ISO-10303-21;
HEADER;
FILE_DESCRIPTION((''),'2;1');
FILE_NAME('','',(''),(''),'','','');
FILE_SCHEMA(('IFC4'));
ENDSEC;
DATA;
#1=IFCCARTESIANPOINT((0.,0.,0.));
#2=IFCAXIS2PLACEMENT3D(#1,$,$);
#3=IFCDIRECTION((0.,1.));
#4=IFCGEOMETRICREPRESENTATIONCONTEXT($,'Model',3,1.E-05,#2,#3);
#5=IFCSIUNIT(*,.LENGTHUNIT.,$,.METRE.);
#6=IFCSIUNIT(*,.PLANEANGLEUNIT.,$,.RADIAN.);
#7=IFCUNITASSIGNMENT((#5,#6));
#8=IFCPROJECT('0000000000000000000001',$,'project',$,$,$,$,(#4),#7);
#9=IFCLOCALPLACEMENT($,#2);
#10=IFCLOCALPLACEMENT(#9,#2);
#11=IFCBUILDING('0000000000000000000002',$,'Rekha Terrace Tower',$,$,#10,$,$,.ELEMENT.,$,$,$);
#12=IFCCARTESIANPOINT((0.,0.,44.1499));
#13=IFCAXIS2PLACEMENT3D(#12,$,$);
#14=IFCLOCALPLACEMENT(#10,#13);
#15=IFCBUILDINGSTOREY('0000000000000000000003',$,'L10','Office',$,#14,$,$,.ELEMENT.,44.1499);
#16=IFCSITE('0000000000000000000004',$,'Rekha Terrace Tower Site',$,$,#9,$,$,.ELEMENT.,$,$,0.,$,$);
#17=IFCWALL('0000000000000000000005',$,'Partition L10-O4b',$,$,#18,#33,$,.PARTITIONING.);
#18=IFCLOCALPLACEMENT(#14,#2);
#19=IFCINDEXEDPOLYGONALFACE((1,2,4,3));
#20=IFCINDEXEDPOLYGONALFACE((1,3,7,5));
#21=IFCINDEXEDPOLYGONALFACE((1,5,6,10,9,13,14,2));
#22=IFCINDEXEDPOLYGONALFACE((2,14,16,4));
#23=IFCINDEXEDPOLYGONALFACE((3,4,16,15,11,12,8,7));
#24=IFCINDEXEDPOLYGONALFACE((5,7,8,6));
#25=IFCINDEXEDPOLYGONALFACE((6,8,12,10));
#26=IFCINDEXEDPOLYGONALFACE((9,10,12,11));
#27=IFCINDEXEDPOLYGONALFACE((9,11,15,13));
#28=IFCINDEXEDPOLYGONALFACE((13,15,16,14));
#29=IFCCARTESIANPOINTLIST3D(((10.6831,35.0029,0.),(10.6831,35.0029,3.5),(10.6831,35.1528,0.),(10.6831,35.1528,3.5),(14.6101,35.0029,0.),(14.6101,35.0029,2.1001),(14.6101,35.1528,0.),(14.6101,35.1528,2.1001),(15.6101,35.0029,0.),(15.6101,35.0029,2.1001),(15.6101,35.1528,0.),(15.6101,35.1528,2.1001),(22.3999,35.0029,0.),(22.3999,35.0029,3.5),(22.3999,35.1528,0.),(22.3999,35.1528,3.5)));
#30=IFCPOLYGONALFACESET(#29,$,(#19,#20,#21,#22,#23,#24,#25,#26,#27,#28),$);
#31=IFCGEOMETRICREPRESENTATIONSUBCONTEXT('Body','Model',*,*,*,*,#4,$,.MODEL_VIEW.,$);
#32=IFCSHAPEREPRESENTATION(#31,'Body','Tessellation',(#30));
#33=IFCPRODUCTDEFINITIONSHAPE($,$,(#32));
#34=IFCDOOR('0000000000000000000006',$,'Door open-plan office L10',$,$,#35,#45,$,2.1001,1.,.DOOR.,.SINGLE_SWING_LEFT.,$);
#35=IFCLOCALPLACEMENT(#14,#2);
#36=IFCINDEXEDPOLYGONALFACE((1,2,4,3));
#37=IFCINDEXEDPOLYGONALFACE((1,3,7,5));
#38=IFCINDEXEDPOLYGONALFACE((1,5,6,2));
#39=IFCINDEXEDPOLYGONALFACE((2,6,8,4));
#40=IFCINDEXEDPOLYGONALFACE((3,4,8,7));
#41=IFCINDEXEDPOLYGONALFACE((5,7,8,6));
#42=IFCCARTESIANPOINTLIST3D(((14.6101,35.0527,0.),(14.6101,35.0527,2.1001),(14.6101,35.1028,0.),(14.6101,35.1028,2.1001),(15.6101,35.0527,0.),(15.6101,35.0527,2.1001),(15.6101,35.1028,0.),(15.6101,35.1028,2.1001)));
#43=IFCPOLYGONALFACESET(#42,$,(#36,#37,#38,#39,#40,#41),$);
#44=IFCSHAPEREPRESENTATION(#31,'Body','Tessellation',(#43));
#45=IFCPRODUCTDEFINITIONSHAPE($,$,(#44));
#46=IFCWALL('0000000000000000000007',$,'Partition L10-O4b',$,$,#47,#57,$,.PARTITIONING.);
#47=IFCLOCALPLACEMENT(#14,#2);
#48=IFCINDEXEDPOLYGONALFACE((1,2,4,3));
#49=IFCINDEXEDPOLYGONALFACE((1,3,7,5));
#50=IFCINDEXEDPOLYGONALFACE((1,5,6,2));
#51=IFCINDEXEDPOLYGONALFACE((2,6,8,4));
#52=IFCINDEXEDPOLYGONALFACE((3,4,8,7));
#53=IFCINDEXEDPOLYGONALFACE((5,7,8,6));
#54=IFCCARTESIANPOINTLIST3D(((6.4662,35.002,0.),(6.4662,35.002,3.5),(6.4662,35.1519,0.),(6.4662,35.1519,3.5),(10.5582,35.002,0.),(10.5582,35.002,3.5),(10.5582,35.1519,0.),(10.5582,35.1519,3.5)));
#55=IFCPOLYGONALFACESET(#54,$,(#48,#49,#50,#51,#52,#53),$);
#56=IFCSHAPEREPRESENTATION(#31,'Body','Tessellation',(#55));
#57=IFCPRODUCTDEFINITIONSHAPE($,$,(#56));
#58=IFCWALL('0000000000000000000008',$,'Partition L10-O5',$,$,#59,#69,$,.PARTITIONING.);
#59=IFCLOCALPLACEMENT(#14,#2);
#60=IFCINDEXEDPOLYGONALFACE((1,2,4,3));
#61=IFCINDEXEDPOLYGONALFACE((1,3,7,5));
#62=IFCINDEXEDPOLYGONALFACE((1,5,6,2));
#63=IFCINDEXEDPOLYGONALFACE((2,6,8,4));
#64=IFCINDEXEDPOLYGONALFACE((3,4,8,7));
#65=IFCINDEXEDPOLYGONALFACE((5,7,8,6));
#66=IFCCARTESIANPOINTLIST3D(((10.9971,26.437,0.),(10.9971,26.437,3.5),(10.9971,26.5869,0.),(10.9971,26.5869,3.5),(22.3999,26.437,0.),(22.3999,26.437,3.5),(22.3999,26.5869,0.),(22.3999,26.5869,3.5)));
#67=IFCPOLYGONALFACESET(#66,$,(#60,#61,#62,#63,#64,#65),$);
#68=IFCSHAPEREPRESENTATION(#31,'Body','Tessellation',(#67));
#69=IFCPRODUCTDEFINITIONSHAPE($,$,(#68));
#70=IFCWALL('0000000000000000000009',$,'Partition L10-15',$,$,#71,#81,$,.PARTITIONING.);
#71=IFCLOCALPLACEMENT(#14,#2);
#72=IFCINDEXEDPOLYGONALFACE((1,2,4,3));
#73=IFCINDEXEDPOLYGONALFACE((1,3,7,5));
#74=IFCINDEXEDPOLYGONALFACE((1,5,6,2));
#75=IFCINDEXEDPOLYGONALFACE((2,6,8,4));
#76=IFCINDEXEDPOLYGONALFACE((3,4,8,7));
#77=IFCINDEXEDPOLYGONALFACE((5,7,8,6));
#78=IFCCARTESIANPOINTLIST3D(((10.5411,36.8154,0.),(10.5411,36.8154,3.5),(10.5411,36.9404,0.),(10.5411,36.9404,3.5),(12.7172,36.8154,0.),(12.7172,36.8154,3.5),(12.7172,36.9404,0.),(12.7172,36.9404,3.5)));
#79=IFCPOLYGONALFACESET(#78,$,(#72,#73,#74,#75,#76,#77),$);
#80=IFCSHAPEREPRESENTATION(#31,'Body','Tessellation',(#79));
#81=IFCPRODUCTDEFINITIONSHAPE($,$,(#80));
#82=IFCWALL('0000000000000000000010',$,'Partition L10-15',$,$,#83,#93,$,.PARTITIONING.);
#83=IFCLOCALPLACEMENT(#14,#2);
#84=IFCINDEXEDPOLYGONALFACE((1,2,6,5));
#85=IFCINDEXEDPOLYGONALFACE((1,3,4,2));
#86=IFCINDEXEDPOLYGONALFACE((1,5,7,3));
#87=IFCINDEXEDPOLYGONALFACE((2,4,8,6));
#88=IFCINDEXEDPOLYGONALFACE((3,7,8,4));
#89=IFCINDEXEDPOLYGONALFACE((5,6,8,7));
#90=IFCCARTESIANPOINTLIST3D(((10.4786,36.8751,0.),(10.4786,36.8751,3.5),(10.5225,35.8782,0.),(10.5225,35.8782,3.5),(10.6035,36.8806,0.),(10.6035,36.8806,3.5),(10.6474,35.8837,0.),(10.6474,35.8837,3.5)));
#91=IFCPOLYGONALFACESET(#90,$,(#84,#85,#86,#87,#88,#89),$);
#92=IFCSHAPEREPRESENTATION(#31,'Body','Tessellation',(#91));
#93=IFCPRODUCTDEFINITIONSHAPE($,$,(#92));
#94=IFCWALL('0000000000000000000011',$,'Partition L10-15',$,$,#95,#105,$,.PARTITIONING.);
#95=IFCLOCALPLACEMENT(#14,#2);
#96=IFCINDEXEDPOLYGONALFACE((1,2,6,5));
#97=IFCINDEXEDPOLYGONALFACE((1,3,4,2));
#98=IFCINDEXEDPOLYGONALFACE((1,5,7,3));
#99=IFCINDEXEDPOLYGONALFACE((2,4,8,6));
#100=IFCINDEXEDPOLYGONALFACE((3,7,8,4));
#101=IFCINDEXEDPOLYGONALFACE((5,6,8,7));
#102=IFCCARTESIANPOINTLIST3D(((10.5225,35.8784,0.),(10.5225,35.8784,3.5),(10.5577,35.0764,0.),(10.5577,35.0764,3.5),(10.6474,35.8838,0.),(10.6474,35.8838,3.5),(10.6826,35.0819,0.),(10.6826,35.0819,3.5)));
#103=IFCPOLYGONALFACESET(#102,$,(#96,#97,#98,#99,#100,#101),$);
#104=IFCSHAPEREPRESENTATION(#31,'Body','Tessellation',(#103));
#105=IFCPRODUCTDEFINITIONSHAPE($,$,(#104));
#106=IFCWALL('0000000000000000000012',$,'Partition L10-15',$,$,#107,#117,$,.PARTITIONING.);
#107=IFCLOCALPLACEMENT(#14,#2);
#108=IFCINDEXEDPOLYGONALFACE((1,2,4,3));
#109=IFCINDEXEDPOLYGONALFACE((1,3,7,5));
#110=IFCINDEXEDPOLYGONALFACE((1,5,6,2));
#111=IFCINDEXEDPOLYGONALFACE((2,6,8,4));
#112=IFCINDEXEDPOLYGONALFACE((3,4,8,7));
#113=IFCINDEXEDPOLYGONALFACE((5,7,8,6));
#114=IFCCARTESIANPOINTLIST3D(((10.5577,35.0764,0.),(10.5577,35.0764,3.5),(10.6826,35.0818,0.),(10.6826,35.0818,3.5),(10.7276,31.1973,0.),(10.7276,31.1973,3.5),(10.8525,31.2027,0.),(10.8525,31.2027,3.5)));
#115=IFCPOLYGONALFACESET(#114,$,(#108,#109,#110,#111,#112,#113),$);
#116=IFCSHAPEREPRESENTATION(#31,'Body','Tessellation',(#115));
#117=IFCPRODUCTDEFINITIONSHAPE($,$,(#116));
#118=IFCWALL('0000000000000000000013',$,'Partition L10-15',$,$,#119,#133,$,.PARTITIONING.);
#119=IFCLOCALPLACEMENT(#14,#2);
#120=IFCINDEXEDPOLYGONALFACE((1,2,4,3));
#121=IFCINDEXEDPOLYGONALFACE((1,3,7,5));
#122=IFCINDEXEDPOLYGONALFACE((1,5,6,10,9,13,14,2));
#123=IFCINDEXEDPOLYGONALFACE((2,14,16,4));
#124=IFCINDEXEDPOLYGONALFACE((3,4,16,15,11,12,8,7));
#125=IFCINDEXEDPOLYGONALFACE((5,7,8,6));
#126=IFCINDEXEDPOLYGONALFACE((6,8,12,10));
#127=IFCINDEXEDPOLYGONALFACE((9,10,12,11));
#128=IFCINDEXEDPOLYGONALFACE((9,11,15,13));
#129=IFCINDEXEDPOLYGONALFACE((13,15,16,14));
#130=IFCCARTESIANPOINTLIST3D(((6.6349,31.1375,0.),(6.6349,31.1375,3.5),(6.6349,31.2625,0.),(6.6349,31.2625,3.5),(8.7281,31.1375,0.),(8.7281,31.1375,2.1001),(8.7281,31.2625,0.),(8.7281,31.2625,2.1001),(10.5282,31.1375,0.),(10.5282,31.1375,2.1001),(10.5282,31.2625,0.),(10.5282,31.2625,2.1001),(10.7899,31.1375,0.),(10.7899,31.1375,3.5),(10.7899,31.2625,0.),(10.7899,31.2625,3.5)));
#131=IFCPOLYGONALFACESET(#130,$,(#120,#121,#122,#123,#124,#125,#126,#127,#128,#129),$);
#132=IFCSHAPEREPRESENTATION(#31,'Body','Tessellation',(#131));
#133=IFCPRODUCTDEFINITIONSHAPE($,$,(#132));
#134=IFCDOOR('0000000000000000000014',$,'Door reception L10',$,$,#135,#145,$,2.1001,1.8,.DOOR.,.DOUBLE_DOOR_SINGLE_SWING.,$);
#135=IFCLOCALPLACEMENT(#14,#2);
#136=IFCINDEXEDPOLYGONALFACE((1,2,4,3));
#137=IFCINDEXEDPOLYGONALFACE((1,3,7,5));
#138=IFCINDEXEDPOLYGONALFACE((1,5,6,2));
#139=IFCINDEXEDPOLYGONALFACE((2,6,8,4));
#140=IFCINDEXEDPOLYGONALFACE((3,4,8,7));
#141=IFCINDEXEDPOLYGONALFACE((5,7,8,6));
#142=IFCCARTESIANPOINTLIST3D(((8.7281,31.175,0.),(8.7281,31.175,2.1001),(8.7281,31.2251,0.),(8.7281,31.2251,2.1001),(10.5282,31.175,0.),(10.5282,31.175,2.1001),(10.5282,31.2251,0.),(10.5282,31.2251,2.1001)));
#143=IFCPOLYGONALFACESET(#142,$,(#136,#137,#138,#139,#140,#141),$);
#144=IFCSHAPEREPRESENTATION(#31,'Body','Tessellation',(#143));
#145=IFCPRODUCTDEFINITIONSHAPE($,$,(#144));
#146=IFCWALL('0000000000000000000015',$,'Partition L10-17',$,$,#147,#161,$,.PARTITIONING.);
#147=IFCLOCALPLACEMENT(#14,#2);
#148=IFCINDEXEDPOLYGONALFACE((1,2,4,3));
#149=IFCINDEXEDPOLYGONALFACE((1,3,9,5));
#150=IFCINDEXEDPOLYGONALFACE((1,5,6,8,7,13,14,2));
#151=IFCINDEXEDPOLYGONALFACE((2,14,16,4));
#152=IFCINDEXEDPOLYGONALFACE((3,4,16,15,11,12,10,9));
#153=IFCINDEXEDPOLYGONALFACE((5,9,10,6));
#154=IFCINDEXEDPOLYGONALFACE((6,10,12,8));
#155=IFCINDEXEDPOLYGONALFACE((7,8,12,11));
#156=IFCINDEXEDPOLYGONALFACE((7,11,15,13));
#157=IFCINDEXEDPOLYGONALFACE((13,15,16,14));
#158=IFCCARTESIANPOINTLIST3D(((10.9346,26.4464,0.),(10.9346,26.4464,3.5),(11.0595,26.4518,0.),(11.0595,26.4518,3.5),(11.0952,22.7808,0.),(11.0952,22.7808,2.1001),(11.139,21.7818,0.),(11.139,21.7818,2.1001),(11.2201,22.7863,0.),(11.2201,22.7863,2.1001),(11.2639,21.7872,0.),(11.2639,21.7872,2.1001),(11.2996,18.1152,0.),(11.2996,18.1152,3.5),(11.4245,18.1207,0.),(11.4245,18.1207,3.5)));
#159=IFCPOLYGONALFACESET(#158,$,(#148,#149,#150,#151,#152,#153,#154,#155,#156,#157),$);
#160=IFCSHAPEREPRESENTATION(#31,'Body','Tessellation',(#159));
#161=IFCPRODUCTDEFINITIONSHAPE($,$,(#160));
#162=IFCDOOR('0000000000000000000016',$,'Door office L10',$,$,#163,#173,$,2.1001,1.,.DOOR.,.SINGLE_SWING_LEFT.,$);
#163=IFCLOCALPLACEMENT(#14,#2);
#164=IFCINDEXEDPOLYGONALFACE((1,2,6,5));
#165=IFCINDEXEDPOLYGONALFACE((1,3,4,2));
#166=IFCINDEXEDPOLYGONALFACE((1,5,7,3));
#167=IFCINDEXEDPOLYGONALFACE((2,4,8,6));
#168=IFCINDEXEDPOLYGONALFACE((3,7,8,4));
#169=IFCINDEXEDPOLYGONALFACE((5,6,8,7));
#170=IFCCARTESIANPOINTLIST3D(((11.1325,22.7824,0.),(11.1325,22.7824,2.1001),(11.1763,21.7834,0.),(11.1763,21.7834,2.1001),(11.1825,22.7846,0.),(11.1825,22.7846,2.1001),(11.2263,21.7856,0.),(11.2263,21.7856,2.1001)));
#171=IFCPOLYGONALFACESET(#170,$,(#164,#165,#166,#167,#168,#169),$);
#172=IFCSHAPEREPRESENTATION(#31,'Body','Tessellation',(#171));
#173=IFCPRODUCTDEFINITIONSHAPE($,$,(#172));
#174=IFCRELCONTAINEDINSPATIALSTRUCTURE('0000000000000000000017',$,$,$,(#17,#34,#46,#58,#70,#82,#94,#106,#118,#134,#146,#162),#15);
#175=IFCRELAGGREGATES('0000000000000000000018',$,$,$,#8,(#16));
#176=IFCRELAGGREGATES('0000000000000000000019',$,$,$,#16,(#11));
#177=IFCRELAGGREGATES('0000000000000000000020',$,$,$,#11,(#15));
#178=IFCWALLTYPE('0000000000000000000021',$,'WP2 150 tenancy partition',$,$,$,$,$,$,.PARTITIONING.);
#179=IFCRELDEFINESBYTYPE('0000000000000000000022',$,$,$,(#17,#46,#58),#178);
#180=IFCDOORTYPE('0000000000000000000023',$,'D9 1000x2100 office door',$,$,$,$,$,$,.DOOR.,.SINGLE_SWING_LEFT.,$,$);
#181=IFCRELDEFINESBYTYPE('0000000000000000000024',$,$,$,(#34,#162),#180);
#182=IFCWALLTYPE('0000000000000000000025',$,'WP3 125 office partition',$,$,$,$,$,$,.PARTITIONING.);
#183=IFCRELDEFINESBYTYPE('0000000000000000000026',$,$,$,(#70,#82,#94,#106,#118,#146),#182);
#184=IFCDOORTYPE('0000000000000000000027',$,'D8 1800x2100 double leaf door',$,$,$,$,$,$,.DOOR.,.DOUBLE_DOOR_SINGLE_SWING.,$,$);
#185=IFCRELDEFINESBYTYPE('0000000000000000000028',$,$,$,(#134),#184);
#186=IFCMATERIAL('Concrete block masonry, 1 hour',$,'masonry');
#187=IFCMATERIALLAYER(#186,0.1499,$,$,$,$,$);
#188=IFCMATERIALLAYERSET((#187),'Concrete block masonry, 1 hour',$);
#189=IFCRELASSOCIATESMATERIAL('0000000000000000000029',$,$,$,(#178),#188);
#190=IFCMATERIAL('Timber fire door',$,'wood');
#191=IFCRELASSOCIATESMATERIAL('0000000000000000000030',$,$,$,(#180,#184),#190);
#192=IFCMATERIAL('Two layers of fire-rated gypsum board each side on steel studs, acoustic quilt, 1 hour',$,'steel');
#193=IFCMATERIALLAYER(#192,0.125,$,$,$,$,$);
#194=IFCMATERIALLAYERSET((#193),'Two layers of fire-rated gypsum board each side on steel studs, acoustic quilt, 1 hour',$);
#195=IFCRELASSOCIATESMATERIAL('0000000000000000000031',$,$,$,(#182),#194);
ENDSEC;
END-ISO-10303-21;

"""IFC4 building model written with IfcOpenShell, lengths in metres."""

from ifc_helpers import new_model, si_unit, direction, frame, frame_2d, origin, place, context, subcontext, project, spatial, rectangle, extrude, material, layer, layer_set, type_object, element, fill, save


model = new_model("IFC4")

# Units and contexts
model_context = context("Model", 3, precision=1e-05, world=origin(), true_north=direction((0.0, 1.0)))
body_context = subcontext(model_context, "Body", "Model", "MODEL_VIEW")
ifc_project = project(units=[si_unit("LENGTHUNIT", "METRE"), si_unit("PLANEANGLEUNIT", "RADIAN")], contexts=[model_context])

# Site, building, storey
site_placement = place(None, origin())
site = spatial("IfcSite", under=ifc_project, at=site_placement, Name="Rekha Terrace Tower Site", CompositionType="ELEMENT", RefElevation=0.0)
building_placement = place(site_placement, origin())
building = spatial("IfcBuilding", under=site, at=building_placement, Name="Rekha Terrace Tower", CompositionType="ELEMENT")
storey_placement = place(building_placement, frame((0.0, 0.0, 44.1499)))
storey = spatial("IfcBuildingStorey", under=building, at=storey_placement, Name="L10", Description="Office", CompositionType="ELEMENT", Elevation=44.1499)

# Wall, opening, door
ifc_material_1 = material(Name="Concrete block masonry, 1 hour", Category="masonry")
ifc_layer_1 = layer(ifc_material_1, 0.1499)
ifc_layer_set_1 = layer_set([ifc_layer_1], Name="Concrete block masonry, 1 hour")
wall_type_1 = type_object("IfcWallType", Name="WP2 150 tenancy partition", PredefinedType="PARTITIONING", material=ifc_layer_set_1)
wall_1_placement = place(storey_placement, frame((10.6831, 35.0779, 0.0), z_axis=(0.0, 0.0, 1.0), x_axis=(1.0, 0.0, 0.0)))
wall_1 = element("IfcWall", 1, at=wall_1_placement, inside=storey, type_object=wall_type_1, Name="Partition L10-O4b", PredefinedType="PARTITIONING", context=body_context, shape_type="SweptSolid", body=[
    extrude(rectangle(XDim=11.7168, YDim=0.1499, at=frame_2d((5.8584, 0.0))), origin(), (0.0, 0.0, 1.0), 3.5),
])
opening_1_placement = place(wall_1_placement, frame((3.927, 0.0, 0.0)))
opening_1 = element("IfcOpeningElement", 2, at=opening_1_placement, cuts=wall_1, PredefinedType="OPENING", context=body_context, shape_type="SweptSolid", body=[
    extrude(rectangle(XDim=1.0, YDim=2.1001, at=frame_2d((0.5, 1.05))), frame((0.0, 0.085, 0.0), z_axis=(0.0, -1.0, 0.0), x_axis=(1.0, 0.0, 0.0)), (0.0, 0.0, 1.0), 0.1699),
])
ifc_material_2 = material(Name="Timber fire door", Category="wood")
door_type_1 = type_object("IfcDoorType", Name="D9 1000x2100 office door", OperationType="SINGLE_SWING_LEFT", PredefinedType="DOOR", material=ifc_material_2)
door_1_placement = place(opening_1_placement, origin())
door_1 = element("IfcDoor", 3, at=door_1_placement, inside=storey, type_object=door_type_1, Name="Door open-plan office L10", OperationType="SINGLE_SWING_LEFT", OverallHeight=2.1001, OverallWidth=1.0, PredefinedType="DOOR", context=body_context, shape_type="SweptSolid", body=[
    extrude(rectangle(XDim=1.0, YDim=2.1001, at=frame_2d((0.5, 1.05))), frame((0.0, 0.0249, 0.0), z_axis=(0.0, -1.0, 0.0), x_axis=(1.0, 0.0, 0.0)), (0.0, 0.0, 1.0), 0.05),
])
fill(opening_1, door_1)

# Walls
wall_2_placement = place(storey_placement, frame((10.5581, 35.0769, 0.0), z_axis=(0.0, 0.0, 1.0), x_axis=(-1.0, 0.0, 0.0)))
element("IfcWall", 4, at=wall_2_placement, inside=storey, type_object=wall_type_1, Name="Partition L10-O4b", PredefinedType="PARTITIONING", context=body_context, shape_type="SweptSolid", body=[
    extrude(rectangle(XDim=4.092, YDim=0.1499, at=frame_2d((2.0459, 0.0))), origin(), (0.0, 0.0, 1.0), 3.5),
])
wall_3_placement = place(storey_placement, frame((10.9971, 26.512, 0.0), z_axis=(0.0, 0.0, 1.0), x_axis=(1.0, 0.0, 0.0)))
element("IfcWall", 5, at=wall_3_placement, inside=storey, type_object=wall_type_1, Name="Partition L10-O5", PredefinedType="PARTITIONING", context=body_context, shape_type="SweptSolid", body=[
    extrude(rectangle(XDim=11.4028, YDim=0.1499, at=frame_2d((5.7014, 0.0))), origin(), (0.0, 0.0, 1.0), 3.5),
])
ifc_material_3 = material(Name="Two layers of fire-rated gypsum board each side on steel studs, acoustic quilt, 1 hour", Category="steel")
ifc_layer_2 = layer(ifc_material_3, 0.125)
ifc_layer_set_2 = layer_set([ifc_layer_2], Name="Two layers of fire-rated gypsum board each side on steel studs, acoustic quilt, 1 hour")
wall_type_2 = type_object("IfcWallType", Name="WP3 125 office partition", PredefinedType="PARTITIONING", material=ifc_layer_set_2)
wall_4_placement = place(storey_placement, frame((12.717, 36.8779, 0.0), z_axis=(0.0, 0.0, 1.0), x_axis=(-1.0, 0.0, 0.0)))
element("IfcWall", 6, at=wall_4_placement, inside=storey, type_object=wall_type_2, Name="Partition L10-15", PredefinedType="PARTITIONING", context=body_context, shape_type="SweptSolid", body=[
    extrude(rectangle(XDim=2.176, YDim=0.125, at=frame_2d((1.0879, 0.0))), origin(), (0.0, 0.0, 1.0), 3.5),
])
wall_5_placement = place(storey_placement, frame((10.541, 36.8779, 0.0), z_axis=(0.0, 0.0, 1.0), x_axis=(0.044042, -0.99903, 0.0)))
element("IfcWall", 7, at=wall_5_placement, inside=storey, type_object=wall_type_2, Name="Partition L10-15", PredefinedType="PARTITIONING", context=body_context, shape_type="SweptSolid", body=[
    extrude(rectangle(XDim=0.9978, YDim=0.125, at=frame_2d((0.499, 0.0))), origin(), (0.0, 0.0, 1.0), 3.5),
])
wall_6_placement = place(storey_placement, frame((10.585, 35.8811, 0.0), z_axis=(0.0, 0.0, 1.0), x_axis=(0.043794, -0.999041, 0.0)))
element("IfcWall", 8, at=wall_6_placement, inside=storey, type_object=wall_type_2, Name="Partition L10-15", PredefinedType="PARTITIONING", context=body_context, shape_type="SweptSolid", body=[
    extrude(rectangle(XDim=0.8027, YDim=0.125, at=frame_2d((0.4014, 0.0))), origin(), (0.0, 0.0, 1.0), 3.5),
])
wall_7_placement = place(storey_placement, frame((10.6201, 35.0791, 0.0), z_axis=(0.0, 0.0, 1.0), x_axis=(0.043762, -0.999042, 0.0)))
element("IfcWall", 9, at=wall_7_placement, inside=storey, type_object=wall_type_2, Name="Partition L10-15", PredefinedType="PARTITIONING", context=body_context, shape_type="SweptSolid", body=[
    extrude(rectangle(XDim=3.8828, YDim=0.125, at=frame_2d((1.9414, 0.0))), origin(), (0.0, 0.0, 1.0), 3.5),
])

# Walls, openings, doors
wall_8_placement = place(storey_placement, frame((10.79, 31.2, 0.0), z_axis=(0.0, 0.0, 1.0), x_axis=(-1.0, 0.0, 0.0)))
wall_8 = element("IfcWall", 10, at=wall_8_placement, inside=storey, type_object=wall_type_2, Name="Partition L10-15", PredefinedType="PARTITIONING", context=body_context, shape_type="SweptSolid", body=[
    extrude(rectangle(XDim=4.155, YDim=0.125, at=frame_2d((2.0776, 0.0))), origin(), (0.0, 0.0, 1.0), 3.5),
])
opening_2_placement = place(wall_8_placement, frame((0.262, 0.0, 0.0)))
opening_2 = element("IfcOpeningElement", 11, at=opening_2_placement, cuts=wall_8, PredefinedType="OPENING", context=body_context, shape_type="SweptSolid", body=[
    extrude(rectangle(XDim=1.8, YDim=2.1001, at=frame_2d((0.8999, 1.05))), frame((0.0, 0.0725, 0.0), z_axis=(0.0, -1.0, 0.0), x_axis=(1.0, 0.0, 0.0)), (0.0, 0.0, 1.0), 0.145),
])
door_type_2 = type_object("IfcDoorType", Name="D8 1800x2100 double leaf door", OperationType="DOUBLE_DOOR_SINGLE_SWING", PredefinedType="DOOR", material=ifc_material_2)
door_2_placement = place(opening_2_placement, origin())
door_2 = element("IfcDoor", 12, at=door_2_placement, inside=storey, type_object=door_type_2, Name="Door reception L10", OperationType="DOUBLE_DOOR_SINGLE_SWING", OverallHeight=2.1001, OverallWidth=1.8, PredefinedType="DOOR", context=body_context, shape_type="SweptSolid", body=[
    extrude(rectangle(XDim=1.8, YDim=2.1001, at=frame_2d((0.8999, 1.05))), frame((0.0, 0.0249, 0.0), z_axis=(0.0, -1.0, 0.0), x_axis=(1.0, 0.0, 0.0)), (0.0, 0.0, 1.0), 0.05),
])
fill(opening_2, door_2)
wall_9_placement = place(storey_placement, frame((10.9971, 26.449, 0.0), z_axis=(0.0, 0.0, 1.0), x_axis=(0.043769, -0.999042, 0.0)))
wall_9 = element("IfcWall", 13, at=wall_9_placement, inside=storey, type_object=wall_type_2, Name="Partition L10-17", PredefinedType="PARTITIONING", context=body_context, shape_type="SweptSolid", body=[
    extrude(rectangle(XDim=8.3391, YDim=0.125, at=frame_2d((4.1694, 0.0))), origin(), (0.0, 0.0, 1.0), 3.5),
])
opening_3_placement = place(wall_9_placement, frame((3.6689, 0.0, 0.0)))
opening_3 = element("IfcOpeningElement", 14, at=opening_3_placement, cuts=wall_9, PredefinedType="OPENING", context=body_context, shape_type="SweptSolid", body=[
    extrude(rectangle(XDim=1.0, YDim=2.1001, at=frame_2d((0.5, 1.05))), frame((0.0, 0.0725, 0.0), z_axis=(0.0, -1.0, 0.0), x_axis=(1.0, 0.0, 0.0)), (0.0, 0.0, 1.0), 0.145),
])
door_3_placement = place(opening_3_placement, origin())
door_3 = element("IfcDoor", 15, at=door_3_placement, inside=storey, type_object=door_type_1, Name="Door office L10", OperationType="SINGLE_SWING_LEFT", OverallHeight=2.1001, OverallWidth=1.0, PredefinedType="DOOR", context=body_context, shape_type="SweptSolid", body=[
    extrude(rectangle(XDim=1.0, YDim=2.1001, at=frame_2d((0.5, 1.05))), frame((0.0, 0.0249, 0.0), z_axis=(0.0, -1.0, 0.0), x_axis=(1.0, 0.0, 0.0)), (0.0, 0.0, 1.0), 0.05),
])
fill(opening_3, door_3)

save(model, "model.ifc")
